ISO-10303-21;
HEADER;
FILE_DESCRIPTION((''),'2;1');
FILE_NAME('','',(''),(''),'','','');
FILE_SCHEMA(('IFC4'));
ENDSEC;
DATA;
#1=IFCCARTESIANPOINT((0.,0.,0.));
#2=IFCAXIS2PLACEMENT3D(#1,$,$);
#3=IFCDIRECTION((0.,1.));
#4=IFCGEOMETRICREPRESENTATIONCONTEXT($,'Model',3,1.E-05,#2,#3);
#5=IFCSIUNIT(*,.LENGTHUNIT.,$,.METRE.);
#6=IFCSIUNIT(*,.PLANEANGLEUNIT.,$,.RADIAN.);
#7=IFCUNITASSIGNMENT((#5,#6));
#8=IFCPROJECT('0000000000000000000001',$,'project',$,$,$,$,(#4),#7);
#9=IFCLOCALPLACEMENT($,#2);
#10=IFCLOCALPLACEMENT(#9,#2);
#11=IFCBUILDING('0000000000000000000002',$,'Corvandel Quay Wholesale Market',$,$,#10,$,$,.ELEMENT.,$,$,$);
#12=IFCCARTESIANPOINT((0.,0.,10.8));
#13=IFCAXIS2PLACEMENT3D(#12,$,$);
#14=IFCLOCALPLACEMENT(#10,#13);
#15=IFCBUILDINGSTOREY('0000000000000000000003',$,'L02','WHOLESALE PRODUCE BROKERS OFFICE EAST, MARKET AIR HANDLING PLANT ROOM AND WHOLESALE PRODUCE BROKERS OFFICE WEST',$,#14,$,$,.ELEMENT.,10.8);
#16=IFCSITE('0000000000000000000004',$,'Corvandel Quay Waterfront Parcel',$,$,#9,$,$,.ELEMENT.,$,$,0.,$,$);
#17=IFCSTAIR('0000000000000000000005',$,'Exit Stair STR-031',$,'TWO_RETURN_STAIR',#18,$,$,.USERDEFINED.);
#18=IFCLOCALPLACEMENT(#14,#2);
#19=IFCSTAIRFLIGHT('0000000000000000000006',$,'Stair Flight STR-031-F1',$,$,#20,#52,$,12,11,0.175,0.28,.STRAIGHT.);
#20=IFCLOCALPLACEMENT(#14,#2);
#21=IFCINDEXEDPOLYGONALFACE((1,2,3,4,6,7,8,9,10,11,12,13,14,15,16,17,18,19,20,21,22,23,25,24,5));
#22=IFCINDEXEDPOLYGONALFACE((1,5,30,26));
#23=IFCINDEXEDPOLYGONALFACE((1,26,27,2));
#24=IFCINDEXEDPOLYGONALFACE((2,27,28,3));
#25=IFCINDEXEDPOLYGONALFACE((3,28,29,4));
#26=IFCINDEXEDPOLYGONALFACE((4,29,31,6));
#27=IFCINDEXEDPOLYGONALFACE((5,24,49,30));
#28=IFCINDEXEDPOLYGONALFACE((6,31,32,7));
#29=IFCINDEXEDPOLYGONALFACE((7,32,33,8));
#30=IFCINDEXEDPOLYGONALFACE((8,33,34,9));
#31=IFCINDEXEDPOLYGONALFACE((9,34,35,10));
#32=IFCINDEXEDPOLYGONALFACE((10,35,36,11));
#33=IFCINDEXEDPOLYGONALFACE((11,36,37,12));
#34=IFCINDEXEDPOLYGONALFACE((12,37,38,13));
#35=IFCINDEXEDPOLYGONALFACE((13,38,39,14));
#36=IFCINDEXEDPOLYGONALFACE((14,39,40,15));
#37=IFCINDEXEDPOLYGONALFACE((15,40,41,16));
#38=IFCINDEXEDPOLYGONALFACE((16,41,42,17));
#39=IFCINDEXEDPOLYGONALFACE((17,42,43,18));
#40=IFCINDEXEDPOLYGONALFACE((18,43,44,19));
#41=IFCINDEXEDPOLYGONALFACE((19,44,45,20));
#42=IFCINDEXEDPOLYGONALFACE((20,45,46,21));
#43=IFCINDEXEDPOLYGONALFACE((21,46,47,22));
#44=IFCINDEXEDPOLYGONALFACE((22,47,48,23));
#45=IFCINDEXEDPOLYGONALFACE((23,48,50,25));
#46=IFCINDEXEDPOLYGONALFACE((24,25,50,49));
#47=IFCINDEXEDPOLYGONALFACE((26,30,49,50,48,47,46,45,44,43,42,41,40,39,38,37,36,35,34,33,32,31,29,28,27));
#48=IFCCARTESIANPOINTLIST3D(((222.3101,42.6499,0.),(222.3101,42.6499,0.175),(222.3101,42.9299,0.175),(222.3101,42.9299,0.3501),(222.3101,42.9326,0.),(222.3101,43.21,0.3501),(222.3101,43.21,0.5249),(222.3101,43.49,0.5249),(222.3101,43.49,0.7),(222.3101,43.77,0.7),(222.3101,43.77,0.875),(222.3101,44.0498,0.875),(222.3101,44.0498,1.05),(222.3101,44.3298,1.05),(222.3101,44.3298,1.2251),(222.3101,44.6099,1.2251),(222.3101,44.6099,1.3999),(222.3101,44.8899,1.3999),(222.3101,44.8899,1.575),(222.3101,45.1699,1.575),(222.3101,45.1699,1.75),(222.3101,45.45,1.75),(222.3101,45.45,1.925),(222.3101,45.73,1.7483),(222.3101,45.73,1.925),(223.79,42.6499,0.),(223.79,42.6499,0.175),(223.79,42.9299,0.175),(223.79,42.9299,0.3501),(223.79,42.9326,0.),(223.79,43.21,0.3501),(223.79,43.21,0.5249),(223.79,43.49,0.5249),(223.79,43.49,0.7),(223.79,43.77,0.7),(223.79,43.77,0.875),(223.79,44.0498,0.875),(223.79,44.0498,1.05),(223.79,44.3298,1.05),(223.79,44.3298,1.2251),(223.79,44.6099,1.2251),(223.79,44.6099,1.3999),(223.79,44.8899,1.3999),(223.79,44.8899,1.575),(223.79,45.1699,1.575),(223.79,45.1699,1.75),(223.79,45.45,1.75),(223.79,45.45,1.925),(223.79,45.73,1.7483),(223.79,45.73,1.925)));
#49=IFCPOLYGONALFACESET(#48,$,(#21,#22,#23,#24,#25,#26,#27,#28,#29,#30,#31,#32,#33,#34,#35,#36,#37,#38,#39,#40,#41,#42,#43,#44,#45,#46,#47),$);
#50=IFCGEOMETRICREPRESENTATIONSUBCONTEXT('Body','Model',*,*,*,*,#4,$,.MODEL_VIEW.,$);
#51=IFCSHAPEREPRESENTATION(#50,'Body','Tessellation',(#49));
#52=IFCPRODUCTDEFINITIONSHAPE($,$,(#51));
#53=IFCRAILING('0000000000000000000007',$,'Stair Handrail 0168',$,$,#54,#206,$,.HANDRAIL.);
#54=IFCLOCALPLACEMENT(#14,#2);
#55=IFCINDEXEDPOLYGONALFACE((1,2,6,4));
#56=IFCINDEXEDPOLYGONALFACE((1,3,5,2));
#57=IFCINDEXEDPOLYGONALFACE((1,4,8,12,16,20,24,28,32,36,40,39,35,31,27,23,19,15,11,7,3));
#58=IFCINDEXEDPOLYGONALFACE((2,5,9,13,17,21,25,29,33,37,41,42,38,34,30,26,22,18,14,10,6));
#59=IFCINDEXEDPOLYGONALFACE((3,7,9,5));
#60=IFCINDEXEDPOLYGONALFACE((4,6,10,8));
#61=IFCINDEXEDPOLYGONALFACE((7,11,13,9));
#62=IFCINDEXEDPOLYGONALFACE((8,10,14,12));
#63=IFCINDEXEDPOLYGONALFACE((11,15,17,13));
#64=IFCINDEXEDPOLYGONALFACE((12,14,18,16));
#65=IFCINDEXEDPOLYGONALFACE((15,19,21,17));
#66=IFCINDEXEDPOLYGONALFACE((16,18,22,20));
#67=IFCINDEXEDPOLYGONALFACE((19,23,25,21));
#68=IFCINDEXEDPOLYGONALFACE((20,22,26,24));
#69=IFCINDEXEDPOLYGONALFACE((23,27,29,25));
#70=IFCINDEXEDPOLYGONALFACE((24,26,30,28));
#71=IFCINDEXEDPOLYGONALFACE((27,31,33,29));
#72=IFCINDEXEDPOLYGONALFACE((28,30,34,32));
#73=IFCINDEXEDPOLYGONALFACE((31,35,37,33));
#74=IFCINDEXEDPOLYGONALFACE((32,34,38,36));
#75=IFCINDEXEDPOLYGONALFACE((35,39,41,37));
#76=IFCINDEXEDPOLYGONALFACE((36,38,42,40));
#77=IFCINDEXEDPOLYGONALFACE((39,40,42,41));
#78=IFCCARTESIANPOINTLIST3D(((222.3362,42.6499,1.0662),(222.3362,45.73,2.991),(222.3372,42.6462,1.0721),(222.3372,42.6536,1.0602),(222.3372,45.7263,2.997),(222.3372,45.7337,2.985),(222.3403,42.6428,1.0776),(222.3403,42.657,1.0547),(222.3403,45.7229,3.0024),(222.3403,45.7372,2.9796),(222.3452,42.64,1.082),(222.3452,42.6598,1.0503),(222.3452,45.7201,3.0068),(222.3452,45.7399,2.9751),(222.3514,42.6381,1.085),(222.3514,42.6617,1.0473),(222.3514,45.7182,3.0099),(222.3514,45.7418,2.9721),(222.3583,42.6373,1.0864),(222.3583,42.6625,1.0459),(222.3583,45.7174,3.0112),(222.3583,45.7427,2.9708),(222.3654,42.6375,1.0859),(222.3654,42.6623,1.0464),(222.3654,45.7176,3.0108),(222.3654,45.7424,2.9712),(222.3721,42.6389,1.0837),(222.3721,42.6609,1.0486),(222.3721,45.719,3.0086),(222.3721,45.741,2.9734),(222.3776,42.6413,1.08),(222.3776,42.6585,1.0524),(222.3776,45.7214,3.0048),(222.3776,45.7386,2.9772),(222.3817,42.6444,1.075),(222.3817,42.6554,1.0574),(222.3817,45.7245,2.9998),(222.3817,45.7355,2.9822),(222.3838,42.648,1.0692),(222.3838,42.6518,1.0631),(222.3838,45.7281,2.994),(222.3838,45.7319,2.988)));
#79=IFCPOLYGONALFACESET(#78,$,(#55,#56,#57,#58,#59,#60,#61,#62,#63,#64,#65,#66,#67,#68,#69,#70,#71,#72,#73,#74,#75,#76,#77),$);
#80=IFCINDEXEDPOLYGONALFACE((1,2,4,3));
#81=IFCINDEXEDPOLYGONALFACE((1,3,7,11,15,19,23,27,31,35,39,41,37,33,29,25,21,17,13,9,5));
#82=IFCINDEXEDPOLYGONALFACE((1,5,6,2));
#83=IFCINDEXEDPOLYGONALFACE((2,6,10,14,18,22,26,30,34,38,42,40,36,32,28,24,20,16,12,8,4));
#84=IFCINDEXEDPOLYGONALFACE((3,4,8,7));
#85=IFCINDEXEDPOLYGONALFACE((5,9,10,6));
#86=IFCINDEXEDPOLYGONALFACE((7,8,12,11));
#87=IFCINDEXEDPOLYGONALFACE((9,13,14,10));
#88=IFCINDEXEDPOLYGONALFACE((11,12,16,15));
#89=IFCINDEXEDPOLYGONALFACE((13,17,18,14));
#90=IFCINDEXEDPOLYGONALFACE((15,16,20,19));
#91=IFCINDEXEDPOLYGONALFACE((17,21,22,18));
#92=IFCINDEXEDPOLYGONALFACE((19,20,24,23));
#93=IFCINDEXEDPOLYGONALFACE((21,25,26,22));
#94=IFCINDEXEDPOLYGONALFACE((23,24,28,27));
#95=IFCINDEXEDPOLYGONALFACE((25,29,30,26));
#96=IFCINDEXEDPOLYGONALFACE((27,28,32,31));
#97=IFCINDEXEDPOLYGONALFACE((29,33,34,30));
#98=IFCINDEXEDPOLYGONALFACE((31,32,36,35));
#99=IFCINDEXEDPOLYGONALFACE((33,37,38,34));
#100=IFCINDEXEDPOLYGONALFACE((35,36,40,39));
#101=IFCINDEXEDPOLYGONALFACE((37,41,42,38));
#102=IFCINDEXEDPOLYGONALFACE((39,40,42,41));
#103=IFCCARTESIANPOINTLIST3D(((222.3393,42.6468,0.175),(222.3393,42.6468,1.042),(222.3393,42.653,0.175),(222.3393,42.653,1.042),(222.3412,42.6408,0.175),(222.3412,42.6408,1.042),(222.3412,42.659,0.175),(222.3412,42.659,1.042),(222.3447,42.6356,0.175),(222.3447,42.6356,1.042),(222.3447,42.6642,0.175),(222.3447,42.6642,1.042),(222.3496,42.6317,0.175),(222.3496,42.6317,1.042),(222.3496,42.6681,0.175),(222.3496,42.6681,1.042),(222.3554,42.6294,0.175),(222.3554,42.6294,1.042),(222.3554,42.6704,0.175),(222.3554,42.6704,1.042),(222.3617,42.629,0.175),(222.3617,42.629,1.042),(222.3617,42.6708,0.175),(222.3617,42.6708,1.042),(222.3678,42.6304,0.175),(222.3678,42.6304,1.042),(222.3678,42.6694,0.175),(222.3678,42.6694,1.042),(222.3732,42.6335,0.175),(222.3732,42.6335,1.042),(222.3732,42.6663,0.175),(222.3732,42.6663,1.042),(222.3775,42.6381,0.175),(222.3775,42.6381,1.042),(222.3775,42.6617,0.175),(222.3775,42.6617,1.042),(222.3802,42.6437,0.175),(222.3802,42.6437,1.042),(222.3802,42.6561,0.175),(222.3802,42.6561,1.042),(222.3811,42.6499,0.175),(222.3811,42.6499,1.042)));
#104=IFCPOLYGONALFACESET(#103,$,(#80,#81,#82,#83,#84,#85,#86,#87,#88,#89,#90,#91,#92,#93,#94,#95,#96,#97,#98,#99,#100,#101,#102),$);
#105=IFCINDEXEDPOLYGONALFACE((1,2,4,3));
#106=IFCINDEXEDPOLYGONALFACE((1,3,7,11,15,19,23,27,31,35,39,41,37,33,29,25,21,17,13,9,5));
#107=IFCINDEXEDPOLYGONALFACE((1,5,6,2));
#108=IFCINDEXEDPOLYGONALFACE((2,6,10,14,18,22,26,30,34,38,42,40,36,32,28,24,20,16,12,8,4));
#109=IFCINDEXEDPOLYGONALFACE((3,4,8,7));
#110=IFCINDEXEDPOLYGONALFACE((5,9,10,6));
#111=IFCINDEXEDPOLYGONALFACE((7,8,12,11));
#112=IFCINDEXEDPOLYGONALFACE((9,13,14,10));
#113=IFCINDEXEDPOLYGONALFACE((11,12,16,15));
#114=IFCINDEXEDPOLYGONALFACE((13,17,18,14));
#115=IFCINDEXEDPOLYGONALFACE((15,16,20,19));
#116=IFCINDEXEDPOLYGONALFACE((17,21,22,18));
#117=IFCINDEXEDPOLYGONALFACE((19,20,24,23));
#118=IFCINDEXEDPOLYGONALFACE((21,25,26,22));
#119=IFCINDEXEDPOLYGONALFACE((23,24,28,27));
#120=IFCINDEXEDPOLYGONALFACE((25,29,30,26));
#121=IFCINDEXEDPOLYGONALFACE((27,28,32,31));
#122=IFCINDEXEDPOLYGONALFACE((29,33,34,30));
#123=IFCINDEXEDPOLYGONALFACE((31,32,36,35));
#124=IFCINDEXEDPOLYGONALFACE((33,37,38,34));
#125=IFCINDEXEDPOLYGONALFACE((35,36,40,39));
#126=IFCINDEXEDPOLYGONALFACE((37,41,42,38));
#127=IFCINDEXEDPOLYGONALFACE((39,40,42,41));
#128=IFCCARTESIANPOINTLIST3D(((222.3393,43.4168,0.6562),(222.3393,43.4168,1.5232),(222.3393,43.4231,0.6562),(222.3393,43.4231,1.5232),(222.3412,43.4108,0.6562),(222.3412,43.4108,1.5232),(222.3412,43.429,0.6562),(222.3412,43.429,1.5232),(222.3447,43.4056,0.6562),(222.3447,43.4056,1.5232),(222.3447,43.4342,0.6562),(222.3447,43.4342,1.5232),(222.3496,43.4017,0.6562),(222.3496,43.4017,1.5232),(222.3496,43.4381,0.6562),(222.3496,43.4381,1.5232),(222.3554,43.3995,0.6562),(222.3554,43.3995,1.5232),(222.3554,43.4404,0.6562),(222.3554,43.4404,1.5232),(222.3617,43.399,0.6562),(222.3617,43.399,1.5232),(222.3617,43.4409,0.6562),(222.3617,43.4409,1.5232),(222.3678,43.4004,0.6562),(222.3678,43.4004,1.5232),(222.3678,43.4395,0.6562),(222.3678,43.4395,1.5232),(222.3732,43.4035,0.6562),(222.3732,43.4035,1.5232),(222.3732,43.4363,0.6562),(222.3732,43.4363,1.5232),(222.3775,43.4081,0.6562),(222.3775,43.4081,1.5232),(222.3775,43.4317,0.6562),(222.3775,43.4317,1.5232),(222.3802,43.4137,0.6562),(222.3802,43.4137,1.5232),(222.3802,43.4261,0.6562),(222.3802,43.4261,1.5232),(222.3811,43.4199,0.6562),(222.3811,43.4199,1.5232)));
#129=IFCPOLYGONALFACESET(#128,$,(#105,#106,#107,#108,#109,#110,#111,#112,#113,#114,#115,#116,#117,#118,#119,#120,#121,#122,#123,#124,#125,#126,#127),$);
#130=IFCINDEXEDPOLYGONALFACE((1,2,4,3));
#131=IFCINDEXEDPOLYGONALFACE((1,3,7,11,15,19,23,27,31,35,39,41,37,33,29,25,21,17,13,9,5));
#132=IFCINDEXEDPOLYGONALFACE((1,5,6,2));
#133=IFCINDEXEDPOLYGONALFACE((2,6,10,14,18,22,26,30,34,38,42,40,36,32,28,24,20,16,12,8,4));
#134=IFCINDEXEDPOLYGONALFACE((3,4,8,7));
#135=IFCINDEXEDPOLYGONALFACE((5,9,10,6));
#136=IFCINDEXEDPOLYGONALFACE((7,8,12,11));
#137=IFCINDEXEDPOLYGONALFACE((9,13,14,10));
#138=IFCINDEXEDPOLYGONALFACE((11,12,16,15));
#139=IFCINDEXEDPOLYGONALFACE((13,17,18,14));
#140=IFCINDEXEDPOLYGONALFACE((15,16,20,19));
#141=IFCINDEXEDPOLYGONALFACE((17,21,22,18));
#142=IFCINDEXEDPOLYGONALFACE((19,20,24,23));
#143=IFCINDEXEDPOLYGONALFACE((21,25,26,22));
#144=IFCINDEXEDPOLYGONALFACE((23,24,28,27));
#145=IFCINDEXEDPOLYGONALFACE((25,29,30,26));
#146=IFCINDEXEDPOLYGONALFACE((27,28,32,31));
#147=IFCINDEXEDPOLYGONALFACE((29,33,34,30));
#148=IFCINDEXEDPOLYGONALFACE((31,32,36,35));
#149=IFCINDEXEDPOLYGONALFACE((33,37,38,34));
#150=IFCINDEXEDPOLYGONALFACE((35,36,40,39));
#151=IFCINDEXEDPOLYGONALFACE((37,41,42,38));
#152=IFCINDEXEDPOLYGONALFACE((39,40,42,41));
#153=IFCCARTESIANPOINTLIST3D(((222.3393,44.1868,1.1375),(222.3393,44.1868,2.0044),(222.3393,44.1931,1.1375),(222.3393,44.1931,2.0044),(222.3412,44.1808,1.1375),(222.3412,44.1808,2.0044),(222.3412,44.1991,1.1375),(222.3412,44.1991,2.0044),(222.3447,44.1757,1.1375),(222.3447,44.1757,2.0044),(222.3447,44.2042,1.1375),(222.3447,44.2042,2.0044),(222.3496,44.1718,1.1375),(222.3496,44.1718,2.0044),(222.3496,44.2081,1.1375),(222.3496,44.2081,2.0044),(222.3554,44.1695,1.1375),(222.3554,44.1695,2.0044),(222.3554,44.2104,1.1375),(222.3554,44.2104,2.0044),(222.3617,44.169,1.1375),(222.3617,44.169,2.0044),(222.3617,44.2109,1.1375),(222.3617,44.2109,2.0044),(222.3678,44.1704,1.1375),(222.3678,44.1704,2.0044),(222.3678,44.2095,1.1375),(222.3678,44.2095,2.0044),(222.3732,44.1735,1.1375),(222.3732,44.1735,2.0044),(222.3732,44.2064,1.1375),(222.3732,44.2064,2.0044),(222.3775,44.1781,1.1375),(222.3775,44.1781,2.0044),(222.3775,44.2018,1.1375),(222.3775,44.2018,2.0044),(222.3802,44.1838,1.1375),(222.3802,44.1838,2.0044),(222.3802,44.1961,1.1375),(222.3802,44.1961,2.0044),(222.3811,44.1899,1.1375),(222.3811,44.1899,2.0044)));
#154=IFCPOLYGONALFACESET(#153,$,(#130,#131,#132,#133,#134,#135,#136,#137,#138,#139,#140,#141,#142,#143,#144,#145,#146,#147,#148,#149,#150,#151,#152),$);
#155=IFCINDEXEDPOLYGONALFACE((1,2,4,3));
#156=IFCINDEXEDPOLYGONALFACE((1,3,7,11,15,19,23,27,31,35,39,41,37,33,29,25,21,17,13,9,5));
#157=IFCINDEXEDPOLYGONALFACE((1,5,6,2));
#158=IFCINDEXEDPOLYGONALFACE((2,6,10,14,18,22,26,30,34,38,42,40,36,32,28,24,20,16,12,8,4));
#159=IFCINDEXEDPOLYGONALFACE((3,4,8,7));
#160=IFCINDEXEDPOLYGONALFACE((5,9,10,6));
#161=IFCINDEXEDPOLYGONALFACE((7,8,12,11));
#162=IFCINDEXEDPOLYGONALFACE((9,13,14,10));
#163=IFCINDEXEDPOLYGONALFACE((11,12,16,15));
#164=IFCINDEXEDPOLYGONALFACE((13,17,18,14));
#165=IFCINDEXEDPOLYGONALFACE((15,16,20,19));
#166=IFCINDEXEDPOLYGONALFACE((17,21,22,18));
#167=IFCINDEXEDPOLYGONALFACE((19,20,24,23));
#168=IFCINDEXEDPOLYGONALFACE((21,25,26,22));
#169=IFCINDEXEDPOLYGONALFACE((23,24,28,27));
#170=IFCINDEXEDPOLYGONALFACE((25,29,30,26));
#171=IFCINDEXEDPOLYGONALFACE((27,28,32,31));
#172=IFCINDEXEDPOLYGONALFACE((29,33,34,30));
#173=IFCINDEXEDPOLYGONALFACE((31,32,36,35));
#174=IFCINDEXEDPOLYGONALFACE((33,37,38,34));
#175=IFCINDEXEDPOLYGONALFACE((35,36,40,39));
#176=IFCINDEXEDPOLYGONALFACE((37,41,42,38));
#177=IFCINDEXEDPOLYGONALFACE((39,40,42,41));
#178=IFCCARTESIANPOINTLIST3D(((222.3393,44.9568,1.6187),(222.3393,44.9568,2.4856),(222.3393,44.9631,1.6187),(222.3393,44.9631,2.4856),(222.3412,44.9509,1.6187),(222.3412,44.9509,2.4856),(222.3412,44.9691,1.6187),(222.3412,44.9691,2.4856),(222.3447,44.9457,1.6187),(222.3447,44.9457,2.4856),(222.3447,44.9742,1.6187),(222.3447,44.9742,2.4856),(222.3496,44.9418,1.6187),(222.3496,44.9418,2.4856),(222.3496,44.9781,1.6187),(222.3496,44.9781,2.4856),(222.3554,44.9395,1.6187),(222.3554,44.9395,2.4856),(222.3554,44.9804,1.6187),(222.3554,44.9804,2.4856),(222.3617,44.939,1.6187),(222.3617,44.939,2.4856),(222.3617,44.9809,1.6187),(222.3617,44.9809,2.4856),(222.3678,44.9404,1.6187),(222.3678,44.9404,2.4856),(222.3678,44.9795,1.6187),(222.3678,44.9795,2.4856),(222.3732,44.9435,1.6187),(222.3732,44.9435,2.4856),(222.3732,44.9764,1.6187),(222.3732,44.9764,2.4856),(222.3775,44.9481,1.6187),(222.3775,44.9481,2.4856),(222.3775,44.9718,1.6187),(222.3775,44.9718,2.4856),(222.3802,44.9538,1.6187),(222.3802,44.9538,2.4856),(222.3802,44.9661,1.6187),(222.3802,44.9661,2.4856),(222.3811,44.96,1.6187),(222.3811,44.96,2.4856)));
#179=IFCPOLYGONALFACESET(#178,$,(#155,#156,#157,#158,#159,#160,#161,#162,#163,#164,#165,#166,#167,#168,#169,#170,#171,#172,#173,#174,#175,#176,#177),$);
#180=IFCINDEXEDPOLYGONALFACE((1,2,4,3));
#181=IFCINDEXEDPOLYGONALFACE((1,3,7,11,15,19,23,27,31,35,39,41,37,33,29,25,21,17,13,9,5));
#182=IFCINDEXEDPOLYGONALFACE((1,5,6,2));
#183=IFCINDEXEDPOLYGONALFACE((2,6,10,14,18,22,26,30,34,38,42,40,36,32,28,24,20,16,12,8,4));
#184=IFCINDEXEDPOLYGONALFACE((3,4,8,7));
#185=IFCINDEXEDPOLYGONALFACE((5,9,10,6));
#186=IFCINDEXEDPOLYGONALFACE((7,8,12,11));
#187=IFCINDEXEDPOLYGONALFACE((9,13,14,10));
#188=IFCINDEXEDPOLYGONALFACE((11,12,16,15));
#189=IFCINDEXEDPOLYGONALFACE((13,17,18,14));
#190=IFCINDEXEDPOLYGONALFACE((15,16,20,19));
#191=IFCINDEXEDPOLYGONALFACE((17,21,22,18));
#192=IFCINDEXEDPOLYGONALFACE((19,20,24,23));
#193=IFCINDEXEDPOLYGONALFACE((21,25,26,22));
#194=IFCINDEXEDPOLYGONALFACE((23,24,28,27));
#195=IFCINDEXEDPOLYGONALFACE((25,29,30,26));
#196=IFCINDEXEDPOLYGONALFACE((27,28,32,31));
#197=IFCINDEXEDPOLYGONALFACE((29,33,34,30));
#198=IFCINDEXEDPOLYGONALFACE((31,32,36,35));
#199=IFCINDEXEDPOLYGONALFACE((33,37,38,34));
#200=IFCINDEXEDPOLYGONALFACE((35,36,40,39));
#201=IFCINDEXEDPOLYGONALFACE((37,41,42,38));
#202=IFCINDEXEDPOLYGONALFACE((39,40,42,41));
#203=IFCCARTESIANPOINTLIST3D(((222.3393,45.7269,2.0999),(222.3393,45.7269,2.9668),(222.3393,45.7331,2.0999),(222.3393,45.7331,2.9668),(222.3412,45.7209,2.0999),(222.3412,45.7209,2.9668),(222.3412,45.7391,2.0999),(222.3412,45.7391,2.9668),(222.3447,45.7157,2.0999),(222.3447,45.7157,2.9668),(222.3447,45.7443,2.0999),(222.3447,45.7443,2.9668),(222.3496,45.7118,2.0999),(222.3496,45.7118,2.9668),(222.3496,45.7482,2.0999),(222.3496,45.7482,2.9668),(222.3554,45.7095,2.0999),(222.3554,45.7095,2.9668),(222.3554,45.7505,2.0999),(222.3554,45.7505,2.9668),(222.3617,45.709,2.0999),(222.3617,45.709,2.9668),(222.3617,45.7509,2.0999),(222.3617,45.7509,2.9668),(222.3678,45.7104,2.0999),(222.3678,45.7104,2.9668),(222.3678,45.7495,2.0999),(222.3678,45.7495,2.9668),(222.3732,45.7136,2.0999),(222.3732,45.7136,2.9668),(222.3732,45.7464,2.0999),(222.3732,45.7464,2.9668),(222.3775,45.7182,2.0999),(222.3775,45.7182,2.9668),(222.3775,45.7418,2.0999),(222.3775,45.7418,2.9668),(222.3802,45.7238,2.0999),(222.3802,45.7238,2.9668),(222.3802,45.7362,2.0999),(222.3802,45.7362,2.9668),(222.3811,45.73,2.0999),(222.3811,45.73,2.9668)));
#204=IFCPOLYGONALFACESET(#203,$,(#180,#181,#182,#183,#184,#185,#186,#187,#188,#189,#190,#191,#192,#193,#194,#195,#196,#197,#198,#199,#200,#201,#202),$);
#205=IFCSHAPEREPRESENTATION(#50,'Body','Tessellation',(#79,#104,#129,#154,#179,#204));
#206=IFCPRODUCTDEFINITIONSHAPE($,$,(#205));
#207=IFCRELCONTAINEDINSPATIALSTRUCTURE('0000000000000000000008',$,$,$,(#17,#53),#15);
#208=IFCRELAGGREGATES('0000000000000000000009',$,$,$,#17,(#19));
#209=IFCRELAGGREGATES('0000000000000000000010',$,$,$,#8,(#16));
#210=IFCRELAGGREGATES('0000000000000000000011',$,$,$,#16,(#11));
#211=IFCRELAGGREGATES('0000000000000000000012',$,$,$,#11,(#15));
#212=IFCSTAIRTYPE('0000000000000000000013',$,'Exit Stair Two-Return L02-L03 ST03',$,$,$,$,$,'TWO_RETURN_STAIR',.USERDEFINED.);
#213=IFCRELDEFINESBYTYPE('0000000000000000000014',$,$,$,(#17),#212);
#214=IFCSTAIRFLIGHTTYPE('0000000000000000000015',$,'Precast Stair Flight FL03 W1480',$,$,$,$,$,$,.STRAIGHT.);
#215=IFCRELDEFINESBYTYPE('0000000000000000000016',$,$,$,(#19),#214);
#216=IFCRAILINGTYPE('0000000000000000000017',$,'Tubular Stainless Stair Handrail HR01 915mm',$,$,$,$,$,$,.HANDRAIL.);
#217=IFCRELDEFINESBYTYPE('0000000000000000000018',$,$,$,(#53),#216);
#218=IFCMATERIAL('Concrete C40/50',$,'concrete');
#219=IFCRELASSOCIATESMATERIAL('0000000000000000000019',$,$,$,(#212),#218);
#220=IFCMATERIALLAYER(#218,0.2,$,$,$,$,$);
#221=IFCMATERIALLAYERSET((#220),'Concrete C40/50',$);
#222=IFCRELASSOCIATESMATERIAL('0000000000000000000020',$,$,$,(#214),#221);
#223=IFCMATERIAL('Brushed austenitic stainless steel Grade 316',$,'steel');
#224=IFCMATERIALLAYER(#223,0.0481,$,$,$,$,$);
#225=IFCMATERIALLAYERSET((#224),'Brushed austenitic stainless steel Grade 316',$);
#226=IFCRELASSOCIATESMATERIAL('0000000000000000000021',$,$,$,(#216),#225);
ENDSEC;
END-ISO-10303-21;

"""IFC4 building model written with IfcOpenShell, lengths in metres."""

from ifc_helpers import new_model, si_unit, direction, frame, origin, origin_2d, place, context, subcontext, project, spatial, polyline, circle, outline, extrude, material, layer, layer_set, type_object, element, aggregate, save


model = new_model("IFC4")

# Units and contexts
model_context = context("Model", 3, precision=1e-05, world=origin(), true_north=direction((0.0, 1.0)))
body_context = subcontext(model_context, "Body", "Model", "MODEL_VIEW")
ifc_project = project(units=[si_unit("LENGTHUNIT", "METRE"), si_unit("PLANEANGLEUNIT", "RADIAN")], contexts=[model_context])

# Site, building, storey
site_placement = place(None, origin())
site = spatial("IfcSite", under=ifc_project, at=site_placement, Name="Corvandel Quay Waterfront Parcel", CompositionType="ELEMENT", RefElevation=0.0)
building_placement = place(site_placement, origin())
building = spatial("IfcBuilding", under=site, at=building_placement, Name="Corvandel Quay Wholesale Market", CompositionType="ELEMENT")
storey_placement = place(building_placement, frame((0.0, 0.0, 10.8)))
storey = spatial("IfcBuildingStorey", under=building, at=storey_placement, Name="L02", Description="WHOLESALE PRODUCE BROKERS OFFICE EAST, MARKET AIR HANDLING PLANT ROOM AND WHOLESALE PRODUCE BROKERS OFFICE WEST", CompositionType="ELEMENT", Elevation=10.8)

# Shared definitions
ifc_material_1 = material(Name="Concrete C40/50", Category="concrete")

# Stair, stair flight
stair_type = type_object("IfcStairType", Name="Exit Stair Two-Return L02-L03 ST03", ElementType="TWO_RETURN_STAIR", PredefinedType="USERDEFINED", material=ifc_material_1)
stair_placement = place(storey_placement, origin())
stair = element("IfcStair", 1, at=stair_placement, inside=storey, type_object=stair_type, Name="Exit Stair STR-031", ObjectType="TWO_RETURN_STAIR", PredefinedType="USERDEFINED")
ifc_layer_1 = layer(ifc_material_1, 0.2)
ifc_layer_set_1 = layer_set([ifc_layer_1], Name="Concrete C40/50")
stair_flight_type = type_object("IfcStairFlightType", Name="Precast Stair Flight FL03 W1480", PredefinedType="STRAIGHT", material=ifc_layer_set_1)
stair_flight_placement = place(storey_placement, frame((223.05, 42.6499, 0.0), z_axis=(0.0, 0.0, 1.0), x_axis=(0.0, 1.0, 0.0)))
stair_flight = element("IfcStairFlight", 2, at=stair_flight_placement, type_object=stair_flight_type, Name="Stair Flight STR-031-F1", NumberOfRisers=12, NumberOfTreads=11, PredefinedType="STRAIGHT", RiserHeight=0.175, TreadLength=0.28, context=body_context, shape_type="SweptSolid", body=[
    extrude(outline(polyline([(0.0, 0.0), (0.0, 0.175), (0.28, 0.175), (0.28, 0.3501), (0.5601, 0.3501), (0.5601, 0.5249), (0.8401, 0.5249), (0.8401, 0.7), (1.1201, 0.7), (1.1201, 0.875), (1.3999, 0.875), (1.3999, 1.05), (1.6799, 1.05), (1.6799, 1.2251), (1.96, 1.2251), (1.96, 1.3999), (2.24, 1.3999), (2.24, 1.575), (2.52, 1.575), (2.52, 1.75), (2.8, 1.75), (2.8, 1.925), (3.0801, 1.925), (3.0801, 2.1001), (3.0801, 1.7483), (0.2827, 0.0), (0.0, 0.0)])), frame((0.0, 0.74, 0.0), z_axis=(0.0, -1.0, 0.0), x_axis=(1.0, 0.0, 0.0)), (0.0, 0.0, 1.0), 1.48),
])
aggregate(stair, [stair_flight])

# Railing
ifc_material_2 = material(Name="Brushed austenitic stainless steel Grade 316", Category="steel")
ifc_layer_2 = layer(ifc_material_2, 0.0481)
ifc_layer_set_2 = layer_set([ifc_layer_2], Name="Brushed austenitic stainless steel Grade 316")
railing_type = type_object("IfcRailingType", Name="Tubular Stainless Stair Handrail HR01 915mm", PredefinedType="HANDRAIL", material=ifc_layer_set_2)
for number, where, name in (
    (3, (222.3601, 42.6499, 0.175), "Stair Handrail 0168"),
):
    element("IfcRailing", number, at=place(storey_placement, frame(where)), inside=storey, type_object=railing_type, Name=name, PredefinedType="HANDRAIL", context=body_context, shape_type="SweptSolid", body=[
        extrude(circle(Radius=0.0239, at=origin_2d()), frame((0.0, 0.0, 0.8911), z_axis=(0.0, 0.848029, 0.529951), x_axis=(-1.0, 0.0, 0.0)), (0.0, 0.0, 1.0), 3.6321),
        extrude(circle(Radius=0.021, at=origin_2d()), origin(), (0.0, 0.0, 1.0), 0.8669),
        extrude(circle(Radius=0.021, at=origin_2d()), frame((0.0, 0.77, 0.4812)), (0.0, 0.0, 1.0), 0.8669),
        extrude(circle(Radius=0.021, at=origin_2d()), frame((0.0, 1.54, 0.9624)), (0.0, 0.0, 1.0), 0.8669),
        extrude(circle(Radius=0.021, at=origin_2d()), frame((0.0, 2.3101, 1.4436)), (0.0, 0.0, 1.0), 0.8669),
        extrude(circle(Radius=0.021, at=origin_2d()), frame((0.0, 3.0801, 1.9248)), (0.0, 0.0, 1.0), 0.8669),
    ])

save(model, "model.ifc")
